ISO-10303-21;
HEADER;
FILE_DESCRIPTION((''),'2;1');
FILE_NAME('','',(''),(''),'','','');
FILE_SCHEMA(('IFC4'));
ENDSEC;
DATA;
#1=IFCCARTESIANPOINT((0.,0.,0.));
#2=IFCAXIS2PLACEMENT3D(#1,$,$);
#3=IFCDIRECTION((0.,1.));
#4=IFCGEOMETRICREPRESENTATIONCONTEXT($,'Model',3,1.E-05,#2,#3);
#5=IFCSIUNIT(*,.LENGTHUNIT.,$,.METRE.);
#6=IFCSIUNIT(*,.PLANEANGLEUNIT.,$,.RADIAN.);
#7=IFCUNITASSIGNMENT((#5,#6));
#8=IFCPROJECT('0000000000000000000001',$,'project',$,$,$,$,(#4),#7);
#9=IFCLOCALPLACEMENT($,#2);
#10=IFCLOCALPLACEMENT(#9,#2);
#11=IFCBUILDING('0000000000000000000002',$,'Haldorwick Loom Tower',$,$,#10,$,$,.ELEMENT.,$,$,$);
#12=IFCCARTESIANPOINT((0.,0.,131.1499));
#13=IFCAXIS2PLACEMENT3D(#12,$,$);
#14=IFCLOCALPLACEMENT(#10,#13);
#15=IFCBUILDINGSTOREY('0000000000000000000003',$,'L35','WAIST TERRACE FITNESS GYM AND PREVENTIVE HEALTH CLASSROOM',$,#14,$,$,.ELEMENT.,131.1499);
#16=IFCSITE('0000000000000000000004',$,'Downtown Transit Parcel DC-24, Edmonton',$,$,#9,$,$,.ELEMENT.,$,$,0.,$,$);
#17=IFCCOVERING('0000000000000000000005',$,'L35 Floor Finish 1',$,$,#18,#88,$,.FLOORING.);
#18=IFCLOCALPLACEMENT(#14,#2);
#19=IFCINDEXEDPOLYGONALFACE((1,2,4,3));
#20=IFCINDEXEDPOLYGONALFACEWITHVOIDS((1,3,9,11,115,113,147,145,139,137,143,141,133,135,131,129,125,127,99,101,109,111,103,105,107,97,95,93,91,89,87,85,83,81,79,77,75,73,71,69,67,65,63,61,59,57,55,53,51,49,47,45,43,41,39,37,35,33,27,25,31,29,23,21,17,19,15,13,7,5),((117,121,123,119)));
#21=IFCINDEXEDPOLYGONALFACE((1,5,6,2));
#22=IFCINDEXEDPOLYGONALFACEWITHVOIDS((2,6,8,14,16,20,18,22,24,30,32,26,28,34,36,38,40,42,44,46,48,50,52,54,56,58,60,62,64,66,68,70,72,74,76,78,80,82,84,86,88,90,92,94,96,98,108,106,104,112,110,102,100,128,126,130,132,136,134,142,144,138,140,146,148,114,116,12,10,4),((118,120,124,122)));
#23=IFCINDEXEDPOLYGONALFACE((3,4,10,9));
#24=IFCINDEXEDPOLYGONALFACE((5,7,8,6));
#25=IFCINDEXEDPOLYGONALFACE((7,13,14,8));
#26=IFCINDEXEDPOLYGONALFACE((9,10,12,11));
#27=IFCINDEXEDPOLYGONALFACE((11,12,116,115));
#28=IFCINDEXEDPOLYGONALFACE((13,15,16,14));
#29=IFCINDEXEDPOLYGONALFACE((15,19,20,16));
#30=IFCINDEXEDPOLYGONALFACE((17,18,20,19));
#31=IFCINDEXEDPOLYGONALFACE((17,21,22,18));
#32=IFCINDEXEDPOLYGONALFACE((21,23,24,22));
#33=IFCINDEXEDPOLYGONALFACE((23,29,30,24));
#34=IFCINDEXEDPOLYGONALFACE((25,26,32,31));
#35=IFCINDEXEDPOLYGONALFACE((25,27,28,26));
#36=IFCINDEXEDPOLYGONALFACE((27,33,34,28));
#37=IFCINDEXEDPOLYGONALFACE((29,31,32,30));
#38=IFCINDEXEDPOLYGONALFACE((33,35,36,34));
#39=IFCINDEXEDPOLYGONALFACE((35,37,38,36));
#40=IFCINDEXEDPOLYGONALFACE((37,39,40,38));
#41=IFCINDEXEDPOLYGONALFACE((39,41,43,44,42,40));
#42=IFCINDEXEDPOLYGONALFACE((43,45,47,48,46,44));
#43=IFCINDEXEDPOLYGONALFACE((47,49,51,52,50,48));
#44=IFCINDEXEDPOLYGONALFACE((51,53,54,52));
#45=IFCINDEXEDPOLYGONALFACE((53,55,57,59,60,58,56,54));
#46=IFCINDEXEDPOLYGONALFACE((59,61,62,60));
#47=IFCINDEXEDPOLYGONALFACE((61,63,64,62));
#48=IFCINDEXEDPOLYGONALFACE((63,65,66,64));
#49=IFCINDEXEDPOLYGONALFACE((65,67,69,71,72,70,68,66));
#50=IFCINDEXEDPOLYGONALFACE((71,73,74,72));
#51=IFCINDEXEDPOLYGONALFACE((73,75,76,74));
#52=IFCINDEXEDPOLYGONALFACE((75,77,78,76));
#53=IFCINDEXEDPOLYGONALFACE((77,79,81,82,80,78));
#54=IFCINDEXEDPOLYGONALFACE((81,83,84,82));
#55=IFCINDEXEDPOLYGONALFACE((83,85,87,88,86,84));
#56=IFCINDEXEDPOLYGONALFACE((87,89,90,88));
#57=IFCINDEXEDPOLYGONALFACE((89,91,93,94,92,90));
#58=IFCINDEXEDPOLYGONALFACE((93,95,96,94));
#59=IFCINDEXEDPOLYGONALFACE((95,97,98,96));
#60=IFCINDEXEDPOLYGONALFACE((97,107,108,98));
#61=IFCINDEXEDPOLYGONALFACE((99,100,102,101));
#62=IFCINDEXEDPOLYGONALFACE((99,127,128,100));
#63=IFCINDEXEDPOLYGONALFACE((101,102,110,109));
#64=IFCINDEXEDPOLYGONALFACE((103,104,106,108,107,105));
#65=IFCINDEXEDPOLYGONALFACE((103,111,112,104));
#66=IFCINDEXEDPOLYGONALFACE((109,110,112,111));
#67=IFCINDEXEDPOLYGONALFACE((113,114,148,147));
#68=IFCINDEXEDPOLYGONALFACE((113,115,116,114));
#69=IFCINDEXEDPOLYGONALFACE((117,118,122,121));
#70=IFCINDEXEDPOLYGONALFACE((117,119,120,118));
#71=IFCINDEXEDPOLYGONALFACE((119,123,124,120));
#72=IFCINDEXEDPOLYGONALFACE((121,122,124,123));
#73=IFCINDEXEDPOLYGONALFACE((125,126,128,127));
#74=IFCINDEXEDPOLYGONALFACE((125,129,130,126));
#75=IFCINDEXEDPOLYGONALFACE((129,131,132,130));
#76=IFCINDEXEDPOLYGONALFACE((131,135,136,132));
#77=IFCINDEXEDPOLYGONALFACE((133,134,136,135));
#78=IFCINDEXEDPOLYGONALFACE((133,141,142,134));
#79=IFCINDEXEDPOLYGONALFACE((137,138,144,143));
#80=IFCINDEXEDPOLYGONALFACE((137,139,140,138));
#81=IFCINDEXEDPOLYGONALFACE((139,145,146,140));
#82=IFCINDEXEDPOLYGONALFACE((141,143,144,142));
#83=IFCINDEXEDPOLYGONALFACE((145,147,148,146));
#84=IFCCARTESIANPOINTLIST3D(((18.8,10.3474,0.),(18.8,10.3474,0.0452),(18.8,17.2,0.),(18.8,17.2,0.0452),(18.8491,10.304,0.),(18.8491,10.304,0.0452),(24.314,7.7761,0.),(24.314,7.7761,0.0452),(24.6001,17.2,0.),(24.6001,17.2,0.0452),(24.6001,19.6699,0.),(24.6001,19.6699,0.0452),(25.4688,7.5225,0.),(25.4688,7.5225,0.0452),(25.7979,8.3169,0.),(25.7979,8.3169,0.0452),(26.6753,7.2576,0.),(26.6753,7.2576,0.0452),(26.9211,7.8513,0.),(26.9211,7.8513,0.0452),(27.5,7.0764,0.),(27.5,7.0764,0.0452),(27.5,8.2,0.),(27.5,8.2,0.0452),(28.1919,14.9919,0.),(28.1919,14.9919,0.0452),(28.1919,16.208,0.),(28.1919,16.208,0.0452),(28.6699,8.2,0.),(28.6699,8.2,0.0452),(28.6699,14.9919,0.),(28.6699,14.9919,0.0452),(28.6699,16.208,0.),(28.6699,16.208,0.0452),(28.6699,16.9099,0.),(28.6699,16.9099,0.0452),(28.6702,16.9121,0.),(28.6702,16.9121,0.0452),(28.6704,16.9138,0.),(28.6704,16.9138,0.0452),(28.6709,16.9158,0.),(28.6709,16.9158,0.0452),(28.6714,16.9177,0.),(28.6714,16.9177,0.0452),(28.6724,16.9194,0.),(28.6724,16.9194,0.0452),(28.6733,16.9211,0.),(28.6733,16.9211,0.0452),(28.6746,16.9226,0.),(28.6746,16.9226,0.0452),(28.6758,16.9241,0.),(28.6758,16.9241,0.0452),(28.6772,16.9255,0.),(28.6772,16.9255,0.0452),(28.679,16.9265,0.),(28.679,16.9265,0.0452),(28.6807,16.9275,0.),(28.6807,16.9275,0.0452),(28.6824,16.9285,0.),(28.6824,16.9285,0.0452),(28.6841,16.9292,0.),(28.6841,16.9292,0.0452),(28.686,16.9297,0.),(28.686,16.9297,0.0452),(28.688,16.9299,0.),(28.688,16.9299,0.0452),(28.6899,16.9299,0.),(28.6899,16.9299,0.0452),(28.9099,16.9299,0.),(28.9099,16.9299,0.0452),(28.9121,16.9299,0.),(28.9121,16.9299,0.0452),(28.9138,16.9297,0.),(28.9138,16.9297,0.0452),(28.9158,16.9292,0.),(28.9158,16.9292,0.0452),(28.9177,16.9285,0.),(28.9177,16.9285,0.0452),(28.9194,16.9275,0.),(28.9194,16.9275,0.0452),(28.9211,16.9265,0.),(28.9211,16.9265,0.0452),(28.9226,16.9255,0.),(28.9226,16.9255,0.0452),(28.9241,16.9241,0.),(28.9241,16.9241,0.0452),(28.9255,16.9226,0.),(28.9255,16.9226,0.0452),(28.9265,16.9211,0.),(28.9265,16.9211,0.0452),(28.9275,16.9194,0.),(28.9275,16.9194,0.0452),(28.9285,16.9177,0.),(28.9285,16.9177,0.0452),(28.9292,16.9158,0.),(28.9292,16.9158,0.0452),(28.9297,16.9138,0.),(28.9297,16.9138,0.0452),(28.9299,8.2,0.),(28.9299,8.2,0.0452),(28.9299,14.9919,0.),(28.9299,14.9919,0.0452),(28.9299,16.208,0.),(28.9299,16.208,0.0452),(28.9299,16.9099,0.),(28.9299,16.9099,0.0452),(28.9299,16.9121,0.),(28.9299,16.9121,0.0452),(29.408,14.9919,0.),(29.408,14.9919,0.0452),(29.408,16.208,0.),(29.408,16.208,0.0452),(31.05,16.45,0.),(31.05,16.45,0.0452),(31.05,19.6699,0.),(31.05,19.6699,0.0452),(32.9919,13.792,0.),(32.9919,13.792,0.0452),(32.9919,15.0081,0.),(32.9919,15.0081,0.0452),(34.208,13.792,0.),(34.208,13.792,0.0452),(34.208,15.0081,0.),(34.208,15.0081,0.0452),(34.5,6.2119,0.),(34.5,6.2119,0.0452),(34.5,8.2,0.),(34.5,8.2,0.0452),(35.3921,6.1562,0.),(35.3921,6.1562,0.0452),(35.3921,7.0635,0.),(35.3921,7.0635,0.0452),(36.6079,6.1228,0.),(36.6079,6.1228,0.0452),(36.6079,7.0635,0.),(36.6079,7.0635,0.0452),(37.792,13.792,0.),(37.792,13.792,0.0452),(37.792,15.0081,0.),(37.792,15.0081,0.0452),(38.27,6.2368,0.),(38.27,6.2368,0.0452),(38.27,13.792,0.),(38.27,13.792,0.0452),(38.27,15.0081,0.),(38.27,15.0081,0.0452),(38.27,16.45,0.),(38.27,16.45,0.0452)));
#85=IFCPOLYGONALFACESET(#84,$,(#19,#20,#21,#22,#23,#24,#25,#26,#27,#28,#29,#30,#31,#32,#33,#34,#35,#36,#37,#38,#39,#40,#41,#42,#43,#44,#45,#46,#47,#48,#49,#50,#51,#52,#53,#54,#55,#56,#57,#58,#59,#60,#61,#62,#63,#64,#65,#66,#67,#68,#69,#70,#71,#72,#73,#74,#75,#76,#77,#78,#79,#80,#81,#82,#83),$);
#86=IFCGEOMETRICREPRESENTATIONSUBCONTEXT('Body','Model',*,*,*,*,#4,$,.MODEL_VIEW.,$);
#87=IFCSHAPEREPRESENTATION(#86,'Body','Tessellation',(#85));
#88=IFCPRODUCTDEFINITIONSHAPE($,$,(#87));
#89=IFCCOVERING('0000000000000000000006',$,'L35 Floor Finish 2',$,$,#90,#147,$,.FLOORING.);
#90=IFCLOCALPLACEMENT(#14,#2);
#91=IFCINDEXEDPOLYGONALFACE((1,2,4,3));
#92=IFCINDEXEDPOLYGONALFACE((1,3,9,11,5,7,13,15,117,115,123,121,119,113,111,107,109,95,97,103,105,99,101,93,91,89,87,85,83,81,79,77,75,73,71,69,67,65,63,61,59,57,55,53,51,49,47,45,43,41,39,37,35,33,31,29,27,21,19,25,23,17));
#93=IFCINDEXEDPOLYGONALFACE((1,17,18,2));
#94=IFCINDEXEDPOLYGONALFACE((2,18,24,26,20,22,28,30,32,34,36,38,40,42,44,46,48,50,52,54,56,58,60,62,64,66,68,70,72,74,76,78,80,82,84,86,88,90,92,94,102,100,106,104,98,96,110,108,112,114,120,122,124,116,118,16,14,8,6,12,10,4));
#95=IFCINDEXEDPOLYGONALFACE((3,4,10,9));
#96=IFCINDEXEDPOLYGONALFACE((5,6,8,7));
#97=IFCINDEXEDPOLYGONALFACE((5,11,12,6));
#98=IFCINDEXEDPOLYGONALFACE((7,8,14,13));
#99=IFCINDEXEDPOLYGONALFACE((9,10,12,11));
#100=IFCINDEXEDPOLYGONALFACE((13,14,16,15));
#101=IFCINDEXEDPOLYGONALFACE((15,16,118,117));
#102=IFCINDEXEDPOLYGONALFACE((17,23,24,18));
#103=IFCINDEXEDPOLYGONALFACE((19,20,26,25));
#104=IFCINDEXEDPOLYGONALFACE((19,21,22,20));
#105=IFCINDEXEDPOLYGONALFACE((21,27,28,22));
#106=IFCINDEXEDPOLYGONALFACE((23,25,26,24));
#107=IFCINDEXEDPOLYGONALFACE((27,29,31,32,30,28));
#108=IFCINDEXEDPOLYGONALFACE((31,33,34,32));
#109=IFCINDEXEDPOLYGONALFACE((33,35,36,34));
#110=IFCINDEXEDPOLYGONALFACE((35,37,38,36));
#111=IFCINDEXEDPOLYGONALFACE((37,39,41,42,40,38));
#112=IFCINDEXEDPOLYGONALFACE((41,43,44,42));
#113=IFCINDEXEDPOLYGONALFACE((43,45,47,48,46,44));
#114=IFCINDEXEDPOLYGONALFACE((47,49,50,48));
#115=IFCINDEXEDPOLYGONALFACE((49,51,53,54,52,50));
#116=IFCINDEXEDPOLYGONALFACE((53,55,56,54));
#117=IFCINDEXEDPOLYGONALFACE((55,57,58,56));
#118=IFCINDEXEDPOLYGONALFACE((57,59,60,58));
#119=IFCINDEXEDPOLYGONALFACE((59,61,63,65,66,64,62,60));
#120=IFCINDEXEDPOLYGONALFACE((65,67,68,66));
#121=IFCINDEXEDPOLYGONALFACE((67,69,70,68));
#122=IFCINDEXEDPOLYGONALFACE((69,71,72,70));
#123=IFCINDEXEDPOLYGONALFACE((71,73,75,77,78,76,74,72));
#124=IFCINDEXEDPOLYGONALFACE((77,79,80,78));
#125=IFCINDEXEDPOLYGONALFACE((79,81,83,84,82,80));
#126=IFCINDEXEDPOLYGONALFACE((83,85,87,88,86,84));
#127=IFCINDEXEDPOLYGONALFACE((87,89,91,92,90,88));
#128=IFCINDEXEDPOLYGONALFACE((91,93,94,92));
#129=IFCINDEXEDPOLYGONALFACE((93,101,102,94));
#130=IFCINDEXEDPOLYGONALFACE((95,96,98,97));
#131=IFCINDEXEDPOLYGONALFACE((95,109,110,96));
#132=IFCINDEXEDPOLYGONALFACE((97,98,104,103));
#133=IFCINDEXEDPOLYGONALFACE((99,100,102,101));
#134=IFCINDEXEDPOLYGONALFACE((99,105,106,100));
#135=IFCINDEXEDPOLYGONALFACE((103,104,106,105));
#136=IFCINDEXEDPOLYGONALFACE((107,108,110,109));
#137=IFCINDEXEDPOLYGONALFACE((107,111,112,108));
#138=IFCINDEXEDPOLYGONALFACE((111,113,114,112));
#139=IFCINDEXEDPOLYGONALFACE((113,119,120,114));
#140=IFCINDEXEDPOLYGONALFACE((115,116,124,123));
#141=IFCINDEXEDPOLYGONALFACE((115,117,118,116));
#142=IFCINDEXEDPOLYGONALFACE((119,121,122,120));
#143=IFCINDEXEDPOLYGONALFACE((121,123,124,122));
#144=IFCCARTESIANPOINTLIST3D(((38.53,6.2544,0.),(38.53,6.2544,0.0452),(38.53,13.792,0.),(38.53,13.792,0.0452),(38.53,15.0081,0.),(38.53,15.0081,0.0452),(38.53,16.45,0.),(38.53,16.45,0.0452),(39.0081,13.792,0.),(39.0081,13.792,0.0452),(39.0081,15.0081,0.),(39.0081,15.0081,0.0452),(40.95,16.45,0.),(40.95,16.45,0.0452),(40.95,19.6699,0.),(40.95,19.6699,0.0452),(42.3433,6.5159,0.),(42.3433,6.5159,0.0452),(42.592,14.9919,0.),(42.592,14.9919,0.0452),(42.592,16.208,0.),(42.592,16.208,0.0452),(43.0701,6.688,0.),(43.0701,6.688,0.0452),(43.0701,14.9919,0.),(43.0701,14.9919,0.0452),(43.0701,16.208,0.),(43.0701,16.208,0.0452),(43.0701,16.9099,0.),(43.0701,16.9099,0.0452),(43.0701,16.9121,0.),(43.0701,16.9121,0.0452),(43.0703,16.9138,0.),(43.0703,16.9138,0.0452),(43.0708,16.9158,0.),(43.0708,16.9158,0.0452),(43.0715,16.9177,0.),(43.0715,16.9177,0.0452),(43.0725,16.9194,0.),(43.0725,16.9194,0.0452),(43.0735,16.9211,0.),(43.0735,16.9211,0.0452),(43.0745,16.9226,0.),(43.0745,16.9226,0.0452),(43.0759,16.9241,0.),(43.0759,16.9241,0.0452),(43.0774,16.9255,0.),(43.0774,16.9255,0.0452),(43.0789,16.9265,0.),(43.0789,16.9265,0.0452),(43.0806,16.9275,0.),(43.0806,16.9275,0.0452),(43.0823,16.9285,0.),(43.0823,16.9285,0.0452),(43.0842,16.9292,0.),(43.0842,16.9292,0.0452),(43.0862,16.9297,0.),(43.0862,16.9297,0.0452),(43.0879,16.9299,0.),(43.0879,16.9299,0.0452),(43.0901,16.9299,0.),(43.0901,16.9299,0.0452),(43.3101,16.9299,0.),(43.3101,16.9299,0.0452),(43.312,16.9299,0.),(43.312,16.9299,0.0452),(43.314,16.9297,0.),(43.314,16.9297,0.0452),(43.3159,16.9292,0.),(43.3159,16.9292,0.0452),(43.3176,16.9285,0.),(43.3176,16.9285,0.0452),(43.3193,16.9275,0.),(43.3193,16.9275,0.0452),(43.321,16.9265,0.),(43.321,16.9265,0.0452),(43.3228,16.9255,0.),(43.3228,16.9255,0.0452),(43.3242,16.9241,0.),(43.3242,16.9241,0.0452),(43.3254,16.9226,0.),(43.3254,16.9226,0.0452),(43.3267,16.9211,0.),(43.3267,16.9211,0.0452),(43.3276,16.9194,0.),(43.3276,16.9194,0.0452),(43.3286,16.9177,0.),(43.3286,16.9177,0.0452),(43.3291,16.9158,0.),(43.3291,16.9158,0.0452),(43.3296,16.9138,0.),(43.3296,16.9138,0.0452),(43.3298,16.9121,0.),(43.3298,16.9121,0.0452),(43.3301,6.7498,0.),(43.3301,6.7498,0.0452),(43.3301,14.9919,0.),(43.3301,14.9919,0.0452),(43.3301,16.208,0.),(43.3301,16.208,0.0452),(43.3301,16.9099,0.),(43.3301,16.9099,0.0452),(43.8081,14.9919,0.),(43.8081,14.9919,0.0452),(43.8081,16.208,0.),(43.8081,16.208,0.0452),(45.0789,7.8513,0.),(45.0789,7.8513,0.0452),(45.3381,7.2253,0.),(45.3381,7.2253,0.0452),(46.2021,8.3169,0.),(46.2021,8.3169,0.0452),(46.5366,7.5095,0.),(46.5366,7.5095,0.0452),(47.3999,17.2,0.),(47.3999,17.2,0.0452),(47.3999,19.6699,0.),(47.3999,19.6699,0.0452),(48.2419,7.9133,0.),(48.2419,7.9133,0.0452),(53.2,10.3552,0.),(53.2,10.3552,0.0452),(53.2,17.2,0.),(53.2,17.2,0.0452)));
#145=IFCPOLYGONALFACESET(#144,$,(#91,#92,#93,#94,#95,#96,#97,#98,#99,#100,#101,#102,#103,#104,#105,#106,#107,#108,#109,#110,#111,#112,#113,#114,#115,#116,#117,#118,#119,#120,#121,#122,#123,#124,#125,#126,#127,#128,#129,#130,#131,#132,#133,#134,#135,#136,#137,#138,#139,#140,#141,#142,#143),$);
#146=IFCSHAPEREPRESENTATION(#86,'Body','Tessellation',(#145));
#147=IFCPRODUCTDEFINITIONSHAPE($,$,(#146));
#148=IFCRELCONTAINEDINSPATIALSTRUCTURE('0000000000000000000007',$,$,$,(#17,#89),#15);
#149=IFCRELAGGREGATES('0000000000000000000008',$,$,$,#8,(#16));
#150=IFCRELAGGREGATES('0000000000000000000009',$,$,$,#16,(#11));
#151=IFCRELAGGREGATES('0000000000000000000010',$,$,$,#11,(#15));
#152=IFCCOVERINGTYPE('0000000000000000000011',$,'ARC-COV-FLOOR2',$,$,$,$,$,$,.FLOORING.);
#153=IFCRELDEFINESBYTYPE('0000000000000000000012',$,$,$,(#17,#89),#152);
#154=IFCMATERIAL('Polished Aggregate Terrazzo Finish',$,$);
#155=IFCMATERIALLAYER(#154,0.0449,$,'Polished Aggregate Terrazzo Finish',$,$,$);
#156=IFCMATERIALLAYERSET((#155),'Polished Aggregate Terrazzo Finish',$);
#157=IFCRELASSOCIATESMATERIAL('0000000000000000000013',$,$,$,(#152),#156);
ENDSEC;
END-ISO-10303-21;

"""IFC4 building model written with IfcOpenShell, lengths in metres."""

from ifc_helpers import new_model, si_unit, direction, frame, origin, place, context, subcontext, project, spatial, polyline, outline, extrude, material, layer, layer_set, type_object, element, save


model = new_model("IFC4")

# Units and contexts
model_context = context("Model", 3, precision=1e-05, world=origin(), true_north=direction((0.0, 1.0)))
body_context = subcontext(model_context, "Body", "Model", "MODEL_VIEW")
ifc_project = project(units=[si_unit("LENGTHUNIT", "METRE"), si_unit("PLANEANGLEUNIT", "RADIAN")], contexts=[model_context])

# Site, building, storey
site_placement = place(None, origin())
site = spatial("IfcSite", under=ifc_project, at=site_placement, Name="Downtown Transit Parcel DC-24, Edmonton", CompositionType="ELEMENT", RefElevation=0.0)
building_placement = place(site_placement, origin())
building = spatial("IfcBuilding", under=site, at=building_placement, Name="Haldorwick Loom Tower", CompositionType="ELEMENT")
storey_placement = place(building_placement, frame((0.0, 0.0, 131.1499)))
storey = spatial("IfcBuildingStorey", under=building, at=storey_placement, Name="L35", Description="WAIST TERRACE FITNESS GYM AND PREVENTIVE HEALTH CLASSROOM", CompositionType="ELEMENT", Elevation=131.1499)

# Coverings
ifc_material_1 = material(Name="Polished Aggregate Terrazzo Finish")
ifc_layer_1 = layer(ifc_material_1, 0.0449, Name="Polished Aggregate Terrazzo Finish")
ifc_layer_set_1 = layer_set([ifc_layer_1], Name="Polished Aggregate Terrazzo Finish")
covering_type_1 = type_object("IfcCoveringType", Name="ARC-COV-FLOOR2", PredefinedType="FLOORING", material=ifc_layer_set_1)
covering_1_placement = place(storey_placement, origin())
element("IfcCovering", 1, at=covering_1_placement, inside=storey, type_object=covering_type_1, Name="L35 Floor Finish 1", PredefinedType="FLOORING", context=body_context, shape_type="SweptSolid", body=[
    extrude(outline(polyline([(38.27, 6.2368), (38.27, 13.792), (37.792, 13.792), (37.792, 15.0081), (38.27, 15.0081), (38.27, 16.45), (31.05, 16.45), (31.05, 19.6699), (24.6001, 19.6699), (24.6001, 17.2), (18.8, 17.2), (18.8, 10.3474), (18.8491, 10.304), (24.314, 7.7761), (25.4688, 7.5225), (25.7979, 8.3169), (26.9211, 7.8513), (26.6753, 7.2576), (27.5, 7.0764), (27.5, 8.2), (28.6699, 8.2), (28.6699, 14.9919), (28.1919, 14.9919), (28.1919, 16.208), (28.6699, 16.208), (28.6699, 16.9099), (28.6702, 16.9121), (28.6704, 16.9138), (28.6709, 16.9158), (28.6714, 16.9177), (28.6724, 16.9194), (28.6733, 16.9211), (28.6746, 16.9226), (28.6758, 16.9241), (28.6772, 16.9255), (28.679, 16.9265), (28.6807, 16.9275), (28.6824, 16.9285), (28.6841, 16.9292), (28.686, 16.9297), (28.688, 16.9299), (28.6899, 16.9299), (28.9099, 16.9299), (28.9121, 16.9299), (28.9138, 16.9297), (28.9158, 16.9292), (28.9177, 16.9285), (28.9194, 16.9275), (28.9211, 16.9265), (28.9226, 16.9255), (28.9241, 16.9241), (28.9255, 16.9226), (28.9265, 16.9211), (28.9275, 16.9194), (28.9285, 16.9177), (28.9292, 16.9158), (28.9297, 16.9138), (28.9299, 16.9121), (28.9299, 16.9099), (28.9299, 16.208), (29.408, 16.208), (29.408, 14.9919), (28.9299, 14.9919), (28.9299, 8.2), (34.5, 8.2), (34.5, 6.2119), (35.3921, 6.1562), (35.3921, 7.0635), (36.6079, 7.0635), (36.6079, 6.1228), (38.27, 6.2368)]), holes=[polyline([(34.208, 15.0081), (34.208, 13.792), (32.9919, 13.792), (32.9919, 15.0081), (34.208, 15.0081)])]), origin(), (0.0, 0.0, 1.0), 0.0452),
])
covering_2_placement = place(storey_placement, origin())
element("IfcCovering", 2, at=covering_2_placement, inside=storey, type_object=covering_type_1, Name="L35 Floor Finish 2", PredefinedType="FLOORING", context=body_context, shape_type="SweptSolid", body=[
    extrude(outline(polyline([(53.2, 10.3552), (53.2, 17.2), (47.3999, 17.2), (47.3999, 19.6699), (40.95, 19.6699), (40.95, 16.45), (38.53, 16.45), (38.53, 15.0081), (39.0081, 15.0081), (39.0081, 13.792), (38.53, 13.792), (38.53, 6.2544), (42.3433, 6.5159), (43.0701, 6.688), (43.0701, 14.9919), (42.592, 14.9919), (42.592, 16.208), (43.0701, 16.208), (43.0701, 16.9099), (43.0701, 16.9121), (43.0703, 16.9138), (43.0708, 16.9158), (43.0715, 16.9177), (43.0725, 16.9194), (43.0735, 16.9211), (43.0745, 16.9226), (43.0759, 16.9241), (43.0774, 16.9255), (43.0789, 16.9265), (43.0806, 16.9275), (43.0823, 16.9285), (43.0842, 16.9292), (43.0862, 16.9297), (43.0879, 16.9299), (43.0901, 16.9299), (43.3101, 16.9299), (43.312, 16.9299), (43.314, 16.9297), (43.3159, 16.9292), (43.3176, 16.9285), (43.3193, 16.9275), (43.321, 16.9265), (43.3228, 16.9255), (43.3242, 16.9241), (43.3254, 16.9226), (43.3267, 16.9211), (43.3276, 16.9194), (43.3286, 16.9177), (43.3291, 16.9158), (43.3296, 16.9138), (43.3298, 16.9121), (43.3301, 16.9099), (43.3301, 16.208), (43.8081, 16.208), (43.8081, 14.9919), (43.3301, 14.9919), (43.3301, 6.7498), (45.3381, 7.2253), (45.0789, 7.8513), (46.2021, 8.3169), (46.5366, 7.5095), (48.2419, 7.9133), (53.2, 10.3552)])), origin(), (0.0, 0.0, 1.0), 0.0452),
])

save(model, "model.ifc")
